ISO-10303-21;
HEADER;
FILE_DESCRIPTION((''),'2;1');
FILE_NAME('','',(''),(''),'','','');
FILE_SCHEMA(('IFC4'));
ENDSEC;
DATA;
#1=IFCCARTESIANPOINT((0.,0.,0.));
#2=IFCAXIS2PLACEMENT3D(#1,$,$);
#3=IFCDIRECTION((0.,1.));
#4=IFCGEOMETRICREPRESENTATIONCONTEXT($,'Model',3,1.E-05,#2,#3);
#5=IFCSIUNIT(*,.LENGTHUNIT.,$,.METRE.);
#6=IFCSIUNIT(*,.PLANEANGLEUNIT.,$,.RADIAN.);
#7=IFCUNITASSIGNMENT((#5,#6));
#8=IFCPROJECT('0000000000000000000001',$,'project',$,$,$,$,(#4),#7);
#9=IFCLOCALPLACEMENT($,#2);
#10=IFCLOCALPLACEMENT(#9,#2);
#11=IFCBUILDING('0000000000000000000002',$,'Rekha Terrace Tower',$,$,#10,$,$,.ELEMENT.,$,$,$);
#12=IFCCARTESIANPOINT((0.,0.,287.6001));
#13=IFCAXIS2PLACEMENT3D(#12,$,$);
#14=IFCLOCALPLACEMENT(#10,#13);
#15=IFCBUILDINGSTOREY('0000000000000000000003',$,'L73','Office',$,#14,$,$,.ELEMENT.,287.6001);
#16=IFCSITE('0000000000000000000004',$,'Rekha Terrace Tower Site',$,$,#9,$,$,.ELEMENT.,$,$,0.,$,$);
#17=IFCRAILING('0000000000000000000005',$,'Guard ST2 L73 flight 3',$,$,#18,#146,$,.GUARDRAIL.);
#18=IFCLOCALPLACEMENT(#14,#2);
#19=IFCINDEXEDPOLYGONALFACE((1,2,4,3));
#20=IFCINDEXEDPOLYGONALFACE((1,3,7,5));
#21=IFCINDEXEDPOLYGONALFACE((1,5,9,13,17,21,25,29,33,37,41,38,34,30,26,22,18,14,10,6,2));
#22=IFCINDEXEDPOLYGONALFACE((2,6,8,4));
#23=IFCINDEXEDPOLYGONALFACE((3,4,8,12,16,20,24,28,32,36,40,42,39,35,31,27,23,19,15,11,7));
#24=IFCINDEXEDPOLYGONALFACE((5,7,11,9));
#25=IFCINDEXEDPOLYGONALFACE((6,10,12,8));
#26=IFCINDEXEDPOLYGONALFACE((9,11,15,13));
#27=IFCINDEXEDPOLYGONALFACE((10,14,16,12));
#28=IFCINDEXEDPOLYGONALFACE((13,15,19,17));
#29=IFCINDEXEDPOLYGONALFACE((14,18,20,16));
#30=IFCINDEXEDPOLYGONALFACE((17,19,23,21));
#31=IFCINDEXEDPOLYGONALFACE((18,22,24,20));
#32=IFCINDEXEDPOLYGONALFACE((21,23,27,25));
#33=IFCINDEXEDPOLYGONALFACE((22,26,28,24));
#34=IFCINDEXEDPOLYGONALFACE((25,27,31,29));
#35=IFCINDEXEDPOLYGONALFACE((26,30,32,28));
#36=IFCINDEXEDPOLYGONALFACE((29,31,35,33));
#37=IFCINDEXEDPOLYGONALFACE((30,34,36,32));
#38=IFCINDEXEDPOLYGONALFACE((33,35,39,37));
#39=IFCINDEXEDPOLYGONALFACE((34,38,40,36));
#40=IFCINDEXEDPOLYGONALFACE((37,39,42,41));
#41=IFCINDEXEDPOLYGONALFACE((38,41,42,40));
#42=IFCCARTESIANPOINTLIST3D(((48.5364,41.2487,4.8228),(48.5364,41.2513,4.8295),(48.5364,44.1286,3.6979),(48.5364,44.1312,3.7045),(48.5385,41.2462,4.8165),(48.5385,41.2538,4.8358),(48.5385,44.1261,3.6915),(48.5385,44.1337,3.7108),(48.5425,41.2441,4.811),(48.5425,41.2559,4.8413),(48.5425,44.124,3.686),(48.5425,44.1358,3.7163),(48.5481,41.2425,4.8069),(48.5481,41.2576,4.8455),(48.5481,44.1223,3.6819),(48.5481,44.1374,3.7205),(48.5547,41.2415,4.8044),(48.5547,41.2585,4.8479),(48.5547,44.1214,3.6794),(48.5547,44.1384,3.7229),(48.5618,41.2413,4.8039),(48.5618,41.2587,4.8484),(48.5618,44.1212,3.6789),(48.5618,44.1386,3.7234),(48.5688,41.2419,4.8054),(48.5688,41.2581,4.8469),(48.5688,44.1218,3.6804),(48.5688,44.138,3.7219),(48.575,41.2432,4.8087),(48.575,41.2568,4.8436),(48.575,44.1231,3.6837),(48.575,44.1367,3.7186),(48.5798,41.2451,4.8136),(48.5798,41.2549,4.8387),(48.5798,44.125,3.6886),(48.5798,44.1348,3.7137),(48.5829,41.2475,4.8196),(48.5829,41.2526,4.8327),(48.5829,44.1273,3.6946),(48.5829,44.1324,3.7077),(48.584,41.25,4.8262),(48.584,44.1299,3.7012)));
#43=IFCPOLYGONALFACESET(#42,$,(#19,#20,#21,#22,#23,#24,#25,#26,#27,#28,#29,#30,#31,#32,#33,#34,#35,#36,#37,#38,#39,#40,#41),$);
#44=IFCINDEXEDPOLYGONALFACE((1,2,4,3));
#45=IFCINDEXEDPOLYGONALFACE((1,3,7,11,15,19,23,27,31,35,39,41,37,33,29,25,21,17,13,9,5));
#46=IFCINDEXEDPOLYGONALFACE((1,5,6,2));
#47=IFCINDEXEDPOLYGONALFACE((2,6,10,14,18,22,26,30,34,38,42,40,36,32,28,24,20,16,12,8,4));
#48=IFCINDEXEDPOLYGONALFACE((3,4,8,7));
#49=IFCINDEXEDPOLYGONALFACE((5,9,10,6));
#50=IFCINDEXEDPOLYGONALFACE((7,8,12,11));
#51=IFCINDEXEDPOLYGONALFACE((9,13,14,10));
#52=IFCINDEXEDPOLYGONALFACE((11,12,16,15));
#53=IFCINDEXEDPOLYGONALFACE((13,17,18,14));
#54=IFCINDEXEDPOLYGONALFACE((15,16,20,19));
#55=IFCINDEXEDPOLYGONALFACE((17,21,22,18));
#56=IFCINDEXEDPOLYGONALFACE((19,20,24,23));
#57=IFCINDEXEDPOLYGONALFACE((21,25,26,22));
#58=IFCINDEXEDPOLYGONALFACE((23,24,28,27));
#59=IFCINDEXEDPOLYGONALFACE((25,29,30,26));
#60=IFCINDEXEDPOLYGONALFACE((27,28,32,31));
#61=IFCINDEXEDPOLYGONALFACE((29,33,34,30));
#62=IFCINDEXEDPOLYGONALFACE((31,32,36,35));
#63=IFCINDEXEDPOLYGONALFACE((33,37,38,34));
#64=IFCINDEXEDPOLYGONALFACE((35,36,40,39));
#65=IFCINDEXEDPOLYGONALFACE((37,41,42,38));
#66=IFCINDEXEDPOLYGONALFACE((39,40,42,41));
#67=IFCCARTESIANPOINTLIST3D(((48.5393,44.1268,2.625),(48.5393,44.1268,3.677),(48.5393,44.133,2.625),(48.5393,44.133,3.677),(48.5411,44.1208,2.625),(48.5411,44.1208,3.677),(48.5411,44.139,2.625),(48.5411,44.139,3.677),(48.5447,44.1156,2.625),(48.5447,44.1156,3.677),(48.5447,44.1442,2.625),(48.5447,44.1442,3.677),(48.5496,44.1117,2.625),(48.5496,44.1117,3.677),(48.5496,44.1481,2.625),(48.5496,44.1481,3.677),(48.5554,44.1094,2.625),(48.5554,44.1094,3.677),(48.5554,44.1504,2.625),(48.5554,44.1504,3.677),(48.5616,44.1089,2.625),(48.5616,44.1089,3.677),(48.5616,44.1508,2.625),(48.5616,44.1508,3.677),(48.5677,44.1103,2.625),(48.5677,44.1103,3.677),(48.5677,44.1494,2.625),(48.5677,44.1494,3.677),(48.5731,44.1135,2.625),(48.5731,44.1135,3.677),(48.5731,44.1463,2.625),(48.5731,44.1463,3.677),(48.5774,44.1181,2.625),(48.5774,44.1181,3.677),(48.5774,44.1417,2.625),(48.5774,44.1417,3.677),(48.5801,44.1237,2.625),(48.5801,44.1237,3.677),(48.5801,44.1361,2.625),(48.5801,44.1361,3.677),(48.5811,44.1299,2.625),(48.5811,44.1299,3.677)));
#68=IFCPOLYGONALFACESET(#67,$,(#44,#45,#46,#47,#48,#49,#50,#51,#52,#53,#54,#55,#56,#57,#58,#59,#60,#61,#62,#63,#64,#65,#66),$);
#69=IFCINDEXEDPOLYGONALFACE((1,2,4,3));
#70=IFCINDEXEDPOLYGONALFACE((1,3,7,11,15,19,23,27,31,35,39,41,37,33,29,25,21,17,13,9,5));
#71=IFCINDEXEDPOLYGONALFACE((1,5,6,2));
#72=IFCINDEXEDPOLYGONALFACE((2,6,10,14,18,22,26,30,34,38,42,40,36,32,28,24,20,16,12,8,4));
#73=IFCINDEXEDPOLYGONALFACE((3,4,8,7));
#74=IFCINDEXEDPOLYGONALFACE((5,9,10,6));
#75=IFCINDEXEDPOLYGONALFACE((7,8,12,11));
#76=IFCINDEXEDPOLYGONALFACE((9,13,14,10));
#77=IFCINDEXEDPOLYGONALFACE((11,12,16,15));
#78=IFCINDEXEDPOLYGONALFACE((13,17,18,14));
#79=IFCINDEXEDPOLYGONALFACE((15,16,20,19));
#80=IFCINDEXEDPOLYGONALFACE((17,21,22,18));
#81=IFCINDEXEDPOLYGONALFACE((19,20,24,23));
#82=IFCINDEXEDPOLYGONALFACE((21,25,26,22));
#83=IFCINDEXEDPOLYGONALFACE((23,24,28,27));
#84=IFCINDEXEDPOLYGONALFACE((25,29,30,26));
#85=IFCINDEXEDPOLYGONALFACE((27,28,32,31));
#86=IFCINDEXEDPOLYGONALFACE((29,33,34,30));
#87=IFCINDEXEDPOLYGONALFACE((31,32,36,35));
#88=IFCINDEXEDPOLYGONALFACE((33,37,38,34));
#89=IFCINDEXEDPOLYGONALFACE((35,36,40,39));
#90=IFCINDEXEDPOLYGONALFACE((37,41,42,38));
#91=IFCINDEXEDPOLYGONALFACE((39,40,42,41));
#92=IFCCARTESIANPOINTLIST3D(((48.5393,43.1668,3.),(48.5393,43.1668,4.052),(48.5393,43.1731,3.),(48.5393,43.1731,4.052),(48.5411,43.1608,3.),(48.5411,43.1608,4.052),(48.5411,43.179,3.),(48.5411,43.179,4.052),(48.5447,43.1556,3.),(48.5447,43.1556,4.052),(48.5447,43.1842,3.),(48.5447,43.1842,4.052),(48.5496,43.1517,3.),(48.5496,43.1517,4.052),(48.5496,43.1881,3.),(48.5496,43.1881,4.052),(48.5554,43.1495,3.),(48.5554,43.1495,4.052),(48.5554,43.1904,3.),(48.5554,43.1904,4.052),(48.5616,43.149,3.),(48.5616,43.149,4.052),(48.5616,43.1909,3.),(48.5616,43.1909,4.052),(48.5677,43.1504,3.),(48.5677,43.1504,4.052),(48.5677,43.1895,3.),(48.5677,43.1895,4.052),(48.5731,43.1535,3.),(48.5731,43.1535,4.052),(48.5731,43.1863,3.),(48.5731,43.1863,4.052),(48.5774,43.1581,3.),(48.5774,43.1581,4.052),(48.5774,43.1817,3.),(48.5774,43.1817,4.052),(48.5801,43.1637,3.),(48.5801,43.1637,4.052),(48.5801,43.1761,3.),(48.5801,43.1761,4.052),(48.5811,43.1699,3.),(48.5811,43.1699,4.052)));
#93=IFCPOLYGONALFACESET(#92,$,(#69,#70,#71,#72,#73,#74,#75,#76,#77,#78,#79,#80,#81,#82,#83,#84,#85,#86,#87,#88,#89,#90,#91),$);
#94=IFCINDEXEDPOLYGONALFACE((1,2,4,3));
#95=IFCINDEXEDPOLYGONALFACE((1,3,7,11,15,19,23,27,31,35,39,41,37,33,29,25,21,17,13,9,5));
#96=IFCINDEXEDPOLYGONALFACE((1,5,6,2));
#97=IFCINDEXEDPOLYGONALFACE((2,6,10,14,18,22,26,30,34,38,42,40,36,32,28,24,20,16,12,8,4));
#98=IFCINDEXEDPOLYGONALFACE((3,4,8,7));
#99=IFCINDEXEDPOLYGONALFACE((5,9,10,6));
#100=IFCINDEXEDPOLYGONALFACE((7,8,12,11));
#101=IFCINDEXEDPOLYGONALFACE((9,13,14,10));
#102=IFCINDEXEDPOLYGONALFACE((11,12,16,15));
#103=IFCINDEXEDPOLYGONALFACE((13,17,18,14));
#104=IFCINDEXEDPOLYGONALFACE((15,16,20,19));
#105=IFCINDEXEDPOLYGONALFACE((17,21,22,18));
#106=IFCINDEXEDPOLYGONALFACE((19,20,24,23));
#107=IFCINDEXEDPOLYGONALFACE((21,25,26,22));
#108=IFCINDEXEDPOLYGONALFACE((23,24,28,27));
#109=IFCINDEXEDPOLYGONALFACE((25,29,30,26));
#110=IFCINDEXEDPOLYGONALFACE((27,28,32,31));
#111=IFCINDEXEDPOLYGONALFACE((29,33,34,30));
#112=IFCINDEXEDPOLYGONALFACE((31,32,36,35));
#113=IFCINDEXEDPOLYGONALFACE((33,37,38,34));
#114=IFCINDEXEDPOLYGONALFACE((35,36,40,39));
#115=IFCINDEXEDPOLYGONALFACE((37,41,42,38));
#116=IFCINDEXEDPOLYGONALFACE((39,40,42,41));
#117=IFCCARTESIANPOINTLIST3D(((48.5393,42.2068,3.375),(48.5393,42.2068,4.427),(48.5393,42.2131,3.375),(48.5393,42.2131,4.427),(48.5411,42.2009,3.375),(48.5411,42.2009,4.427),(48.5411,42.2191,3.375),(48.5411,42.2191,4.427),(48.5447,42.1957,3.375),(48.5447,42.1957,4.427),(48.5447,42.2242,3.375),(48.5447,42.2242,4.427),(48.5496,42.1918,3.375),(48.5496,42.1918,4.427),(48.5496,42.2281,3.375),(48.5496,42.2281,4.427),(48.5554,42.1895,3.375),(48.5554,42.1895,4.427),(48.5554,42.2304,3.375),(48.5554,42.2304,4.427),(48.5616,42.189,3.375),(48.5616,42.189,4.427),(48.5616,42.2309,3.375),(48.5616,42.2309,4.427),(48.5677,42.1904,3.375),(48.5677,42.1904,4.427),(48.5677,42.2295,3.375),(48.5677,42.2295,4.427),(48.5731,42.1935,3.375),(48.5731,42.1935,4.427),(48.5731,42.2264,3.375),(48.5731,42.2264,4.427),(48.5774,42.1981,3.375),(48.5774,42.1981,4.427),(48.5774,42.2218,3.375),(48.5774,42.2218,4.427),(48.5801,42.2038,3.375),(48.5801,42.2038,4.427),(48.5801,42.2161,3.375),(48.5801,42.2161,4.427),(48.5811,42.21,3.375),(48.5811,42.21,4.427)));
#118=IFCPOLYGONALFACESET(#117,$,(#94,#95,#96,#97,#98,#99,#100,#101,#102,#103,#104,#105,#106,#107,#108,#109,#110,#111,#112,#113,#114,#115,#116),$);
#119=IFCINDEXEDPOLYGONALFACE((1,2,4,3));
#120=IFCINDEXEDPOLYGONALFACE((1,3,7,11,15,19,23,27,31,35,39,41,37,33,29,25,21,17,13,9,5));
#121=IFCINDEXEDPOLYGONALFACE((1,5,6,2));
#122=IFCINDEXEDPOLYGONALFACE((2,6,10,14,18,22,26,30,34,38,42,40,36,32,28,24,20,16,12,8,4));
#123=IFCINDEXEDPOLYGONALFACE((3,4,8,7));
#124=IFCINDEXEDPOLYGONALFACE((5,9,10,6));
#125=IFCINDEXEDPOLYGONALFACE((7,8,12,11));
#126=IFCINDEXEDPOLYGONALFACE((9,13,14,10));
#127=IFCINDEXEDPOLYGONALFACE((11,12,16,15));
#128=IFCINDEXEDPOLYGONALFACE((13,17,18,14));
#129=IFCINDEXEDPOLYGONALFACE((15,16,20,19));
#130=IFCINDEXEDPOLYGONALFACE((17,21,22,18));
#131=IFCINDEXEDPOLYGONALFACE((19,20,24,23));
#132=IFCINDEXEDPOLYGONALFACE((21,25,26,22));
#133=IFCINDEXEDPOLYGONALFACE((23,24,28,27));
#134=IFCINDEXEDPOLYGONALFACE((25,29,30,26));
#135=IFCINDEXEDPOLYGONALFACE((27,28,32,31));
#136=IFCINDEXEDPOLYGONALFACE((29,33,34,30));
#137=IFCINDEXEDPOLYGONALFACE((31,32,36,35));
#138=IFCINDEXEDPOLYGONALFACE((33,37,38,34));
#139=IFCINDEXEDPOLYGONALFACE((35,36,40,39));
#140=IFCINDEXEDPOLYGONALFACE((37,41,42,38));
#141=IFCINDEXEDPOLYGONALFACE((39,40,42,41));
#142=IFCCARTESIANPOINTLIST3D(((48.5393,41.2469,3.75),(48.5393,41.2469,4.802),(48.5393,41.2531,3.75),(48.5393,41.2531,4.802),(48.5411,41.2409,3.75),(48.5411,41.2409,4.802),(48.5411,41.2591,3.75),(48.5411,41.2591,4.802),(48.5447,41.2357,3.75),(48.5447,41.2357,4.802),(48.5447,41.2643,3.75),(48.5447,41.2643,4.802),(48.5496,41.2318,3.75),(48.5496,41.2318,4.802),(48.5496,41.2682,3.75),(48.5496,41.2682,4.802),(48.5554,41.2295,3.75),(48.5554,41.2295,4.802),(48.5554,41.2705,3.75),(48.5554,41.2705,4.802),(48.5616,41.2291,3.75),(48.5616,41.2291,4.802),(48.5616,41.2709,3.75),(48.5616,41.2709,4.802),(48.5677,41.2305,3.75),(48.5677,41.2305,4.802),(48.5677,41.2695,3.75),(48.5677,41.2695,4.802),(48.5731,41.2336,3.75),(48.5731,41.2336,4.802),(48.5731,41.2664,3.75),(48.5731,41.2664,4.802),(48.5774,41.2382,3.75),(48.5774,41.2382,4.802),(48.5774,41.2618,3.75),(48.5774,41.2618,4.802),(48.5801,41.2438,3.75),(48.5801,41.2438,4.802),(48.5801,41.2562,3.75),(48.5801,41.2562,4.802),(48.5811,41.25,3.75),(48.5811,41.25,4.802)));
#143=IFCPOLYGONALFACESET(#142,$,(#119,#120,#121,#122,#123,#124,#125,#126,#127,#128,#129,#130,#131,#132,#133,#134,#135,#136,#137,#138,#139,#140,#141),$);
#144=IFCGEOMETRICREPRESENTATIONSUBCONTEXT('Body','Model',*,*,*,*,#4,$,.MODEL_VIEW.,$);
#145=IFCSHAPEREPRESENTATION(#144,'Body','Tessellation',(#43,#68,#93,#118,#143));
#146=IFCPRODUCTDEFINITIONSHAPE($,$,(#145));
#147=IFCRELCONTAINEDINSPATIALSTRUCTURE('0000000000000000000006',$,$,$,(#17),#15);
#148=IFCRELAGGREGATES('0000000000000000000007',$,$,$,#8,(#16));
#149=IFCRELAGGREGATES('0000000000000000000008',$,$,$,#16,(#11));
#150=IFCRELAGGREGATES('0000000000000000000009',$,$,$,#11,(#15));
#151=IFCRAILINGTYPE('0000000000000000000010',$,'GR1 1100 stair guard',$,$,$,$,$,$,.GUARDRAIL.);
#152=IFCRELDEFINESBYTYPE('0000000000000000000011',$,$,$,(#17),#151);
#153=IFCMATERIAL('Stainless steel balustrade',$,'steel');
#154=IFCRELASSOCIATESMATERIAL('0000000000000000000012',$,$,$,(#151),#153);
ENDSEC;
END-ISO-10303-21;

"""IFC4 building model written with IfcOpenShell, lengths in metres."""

from ifc_helpers import new_model, si_unit, direction, frame, origin, origin_2d, place, context, subcontext, project, spatial, circle, extrude, material, type_object, element, save


model = new_model("IFC4")

# Units and contexts
model_context = context("Model", 3, precision=1e-05, world=origin(), true_north=direction((0.0, 1.0)))
body_context = subcontext(model_context, "Body", "Model", "MODEL_VIEW")
ifc_project = project(units=[si_unit("LENGTHUNIT", "METRE"), si_unit("PLANEANGLEUNIT", "RADIAN")], contexts=[model_context])

# Site, building, storey
site_placement = place(None, origin())
site = spatial("IfcSite", under=ifc_project, at=site_placement, Name="Rekha Terrace Tower Site", CompositionType="ELEMENT", RefElevation=0.0)
building_placement = place(site_placement, origin())
building = spatial("IfcBuilding", under=site, at=building_placement, Name="Rekha Terrace Tower", CompositionType="ELEMENT")
storey_placement = place(building_placement, frame((0.0, 0.0, 287.6001)))
storey = spatial("IfcBuildingStorey", under=building, at=storey_placement, Name="L73", Description="Office", CompositionType="ELEMENT", Elevation=287.6001)

# Railing
ifc_material_1 = material(Name="Stainless steel balustrade", Category="steel")
railing_type = type_object("IfcRailingType", Name="GR1 1100 stair guard", PredefinedType="GUARDRAIL", material=ifc_material_1)
railing_1_placement = place(storey_placement, frame((48.5601, 44.1299, 2.625)))
element("IfcRailing", 1, at=railing_1_placement, inside=storey, type_object=railing_type, Name="Guard ST2 L73 flight 3", PredefinedType="GUARDRAIL", context=body_context, shape_type="SweptSolid", body=[
    extrude(circle(Radius=0.0239, at=origin_2d()), frame((0.0, 0.0, 1.0762), z_axis=(0.0, -0.931452, 0.363863), x_axis=(1.0, 0.0, 0.0)), (0.0, 0.0, 1.0), 3.0918),
    extrude(circle(Radius=0.021, at=origin_2d()), origin(), (0.0, 0.0, 1.0), 1.052),
    extrude(circle(Radius=0.021, at=origin_2d()), frame((0.0, -0.96, 0.375)), (0.0, 0.0, 1.0), 1.052),
    extrude(circle(Radius=0.021, at=origin_2d()), frame((0.0, -1.9199, 0.75)), (0.0, 0.0, 1.0), 1.052),
    extrude(circle(Radius=0.021, at=origin_2d()), frame((0.0, -2.8799, 1.125)), (0.0, 0.0, 1.0), 1.052),
])

save(model, "model.ifc")
